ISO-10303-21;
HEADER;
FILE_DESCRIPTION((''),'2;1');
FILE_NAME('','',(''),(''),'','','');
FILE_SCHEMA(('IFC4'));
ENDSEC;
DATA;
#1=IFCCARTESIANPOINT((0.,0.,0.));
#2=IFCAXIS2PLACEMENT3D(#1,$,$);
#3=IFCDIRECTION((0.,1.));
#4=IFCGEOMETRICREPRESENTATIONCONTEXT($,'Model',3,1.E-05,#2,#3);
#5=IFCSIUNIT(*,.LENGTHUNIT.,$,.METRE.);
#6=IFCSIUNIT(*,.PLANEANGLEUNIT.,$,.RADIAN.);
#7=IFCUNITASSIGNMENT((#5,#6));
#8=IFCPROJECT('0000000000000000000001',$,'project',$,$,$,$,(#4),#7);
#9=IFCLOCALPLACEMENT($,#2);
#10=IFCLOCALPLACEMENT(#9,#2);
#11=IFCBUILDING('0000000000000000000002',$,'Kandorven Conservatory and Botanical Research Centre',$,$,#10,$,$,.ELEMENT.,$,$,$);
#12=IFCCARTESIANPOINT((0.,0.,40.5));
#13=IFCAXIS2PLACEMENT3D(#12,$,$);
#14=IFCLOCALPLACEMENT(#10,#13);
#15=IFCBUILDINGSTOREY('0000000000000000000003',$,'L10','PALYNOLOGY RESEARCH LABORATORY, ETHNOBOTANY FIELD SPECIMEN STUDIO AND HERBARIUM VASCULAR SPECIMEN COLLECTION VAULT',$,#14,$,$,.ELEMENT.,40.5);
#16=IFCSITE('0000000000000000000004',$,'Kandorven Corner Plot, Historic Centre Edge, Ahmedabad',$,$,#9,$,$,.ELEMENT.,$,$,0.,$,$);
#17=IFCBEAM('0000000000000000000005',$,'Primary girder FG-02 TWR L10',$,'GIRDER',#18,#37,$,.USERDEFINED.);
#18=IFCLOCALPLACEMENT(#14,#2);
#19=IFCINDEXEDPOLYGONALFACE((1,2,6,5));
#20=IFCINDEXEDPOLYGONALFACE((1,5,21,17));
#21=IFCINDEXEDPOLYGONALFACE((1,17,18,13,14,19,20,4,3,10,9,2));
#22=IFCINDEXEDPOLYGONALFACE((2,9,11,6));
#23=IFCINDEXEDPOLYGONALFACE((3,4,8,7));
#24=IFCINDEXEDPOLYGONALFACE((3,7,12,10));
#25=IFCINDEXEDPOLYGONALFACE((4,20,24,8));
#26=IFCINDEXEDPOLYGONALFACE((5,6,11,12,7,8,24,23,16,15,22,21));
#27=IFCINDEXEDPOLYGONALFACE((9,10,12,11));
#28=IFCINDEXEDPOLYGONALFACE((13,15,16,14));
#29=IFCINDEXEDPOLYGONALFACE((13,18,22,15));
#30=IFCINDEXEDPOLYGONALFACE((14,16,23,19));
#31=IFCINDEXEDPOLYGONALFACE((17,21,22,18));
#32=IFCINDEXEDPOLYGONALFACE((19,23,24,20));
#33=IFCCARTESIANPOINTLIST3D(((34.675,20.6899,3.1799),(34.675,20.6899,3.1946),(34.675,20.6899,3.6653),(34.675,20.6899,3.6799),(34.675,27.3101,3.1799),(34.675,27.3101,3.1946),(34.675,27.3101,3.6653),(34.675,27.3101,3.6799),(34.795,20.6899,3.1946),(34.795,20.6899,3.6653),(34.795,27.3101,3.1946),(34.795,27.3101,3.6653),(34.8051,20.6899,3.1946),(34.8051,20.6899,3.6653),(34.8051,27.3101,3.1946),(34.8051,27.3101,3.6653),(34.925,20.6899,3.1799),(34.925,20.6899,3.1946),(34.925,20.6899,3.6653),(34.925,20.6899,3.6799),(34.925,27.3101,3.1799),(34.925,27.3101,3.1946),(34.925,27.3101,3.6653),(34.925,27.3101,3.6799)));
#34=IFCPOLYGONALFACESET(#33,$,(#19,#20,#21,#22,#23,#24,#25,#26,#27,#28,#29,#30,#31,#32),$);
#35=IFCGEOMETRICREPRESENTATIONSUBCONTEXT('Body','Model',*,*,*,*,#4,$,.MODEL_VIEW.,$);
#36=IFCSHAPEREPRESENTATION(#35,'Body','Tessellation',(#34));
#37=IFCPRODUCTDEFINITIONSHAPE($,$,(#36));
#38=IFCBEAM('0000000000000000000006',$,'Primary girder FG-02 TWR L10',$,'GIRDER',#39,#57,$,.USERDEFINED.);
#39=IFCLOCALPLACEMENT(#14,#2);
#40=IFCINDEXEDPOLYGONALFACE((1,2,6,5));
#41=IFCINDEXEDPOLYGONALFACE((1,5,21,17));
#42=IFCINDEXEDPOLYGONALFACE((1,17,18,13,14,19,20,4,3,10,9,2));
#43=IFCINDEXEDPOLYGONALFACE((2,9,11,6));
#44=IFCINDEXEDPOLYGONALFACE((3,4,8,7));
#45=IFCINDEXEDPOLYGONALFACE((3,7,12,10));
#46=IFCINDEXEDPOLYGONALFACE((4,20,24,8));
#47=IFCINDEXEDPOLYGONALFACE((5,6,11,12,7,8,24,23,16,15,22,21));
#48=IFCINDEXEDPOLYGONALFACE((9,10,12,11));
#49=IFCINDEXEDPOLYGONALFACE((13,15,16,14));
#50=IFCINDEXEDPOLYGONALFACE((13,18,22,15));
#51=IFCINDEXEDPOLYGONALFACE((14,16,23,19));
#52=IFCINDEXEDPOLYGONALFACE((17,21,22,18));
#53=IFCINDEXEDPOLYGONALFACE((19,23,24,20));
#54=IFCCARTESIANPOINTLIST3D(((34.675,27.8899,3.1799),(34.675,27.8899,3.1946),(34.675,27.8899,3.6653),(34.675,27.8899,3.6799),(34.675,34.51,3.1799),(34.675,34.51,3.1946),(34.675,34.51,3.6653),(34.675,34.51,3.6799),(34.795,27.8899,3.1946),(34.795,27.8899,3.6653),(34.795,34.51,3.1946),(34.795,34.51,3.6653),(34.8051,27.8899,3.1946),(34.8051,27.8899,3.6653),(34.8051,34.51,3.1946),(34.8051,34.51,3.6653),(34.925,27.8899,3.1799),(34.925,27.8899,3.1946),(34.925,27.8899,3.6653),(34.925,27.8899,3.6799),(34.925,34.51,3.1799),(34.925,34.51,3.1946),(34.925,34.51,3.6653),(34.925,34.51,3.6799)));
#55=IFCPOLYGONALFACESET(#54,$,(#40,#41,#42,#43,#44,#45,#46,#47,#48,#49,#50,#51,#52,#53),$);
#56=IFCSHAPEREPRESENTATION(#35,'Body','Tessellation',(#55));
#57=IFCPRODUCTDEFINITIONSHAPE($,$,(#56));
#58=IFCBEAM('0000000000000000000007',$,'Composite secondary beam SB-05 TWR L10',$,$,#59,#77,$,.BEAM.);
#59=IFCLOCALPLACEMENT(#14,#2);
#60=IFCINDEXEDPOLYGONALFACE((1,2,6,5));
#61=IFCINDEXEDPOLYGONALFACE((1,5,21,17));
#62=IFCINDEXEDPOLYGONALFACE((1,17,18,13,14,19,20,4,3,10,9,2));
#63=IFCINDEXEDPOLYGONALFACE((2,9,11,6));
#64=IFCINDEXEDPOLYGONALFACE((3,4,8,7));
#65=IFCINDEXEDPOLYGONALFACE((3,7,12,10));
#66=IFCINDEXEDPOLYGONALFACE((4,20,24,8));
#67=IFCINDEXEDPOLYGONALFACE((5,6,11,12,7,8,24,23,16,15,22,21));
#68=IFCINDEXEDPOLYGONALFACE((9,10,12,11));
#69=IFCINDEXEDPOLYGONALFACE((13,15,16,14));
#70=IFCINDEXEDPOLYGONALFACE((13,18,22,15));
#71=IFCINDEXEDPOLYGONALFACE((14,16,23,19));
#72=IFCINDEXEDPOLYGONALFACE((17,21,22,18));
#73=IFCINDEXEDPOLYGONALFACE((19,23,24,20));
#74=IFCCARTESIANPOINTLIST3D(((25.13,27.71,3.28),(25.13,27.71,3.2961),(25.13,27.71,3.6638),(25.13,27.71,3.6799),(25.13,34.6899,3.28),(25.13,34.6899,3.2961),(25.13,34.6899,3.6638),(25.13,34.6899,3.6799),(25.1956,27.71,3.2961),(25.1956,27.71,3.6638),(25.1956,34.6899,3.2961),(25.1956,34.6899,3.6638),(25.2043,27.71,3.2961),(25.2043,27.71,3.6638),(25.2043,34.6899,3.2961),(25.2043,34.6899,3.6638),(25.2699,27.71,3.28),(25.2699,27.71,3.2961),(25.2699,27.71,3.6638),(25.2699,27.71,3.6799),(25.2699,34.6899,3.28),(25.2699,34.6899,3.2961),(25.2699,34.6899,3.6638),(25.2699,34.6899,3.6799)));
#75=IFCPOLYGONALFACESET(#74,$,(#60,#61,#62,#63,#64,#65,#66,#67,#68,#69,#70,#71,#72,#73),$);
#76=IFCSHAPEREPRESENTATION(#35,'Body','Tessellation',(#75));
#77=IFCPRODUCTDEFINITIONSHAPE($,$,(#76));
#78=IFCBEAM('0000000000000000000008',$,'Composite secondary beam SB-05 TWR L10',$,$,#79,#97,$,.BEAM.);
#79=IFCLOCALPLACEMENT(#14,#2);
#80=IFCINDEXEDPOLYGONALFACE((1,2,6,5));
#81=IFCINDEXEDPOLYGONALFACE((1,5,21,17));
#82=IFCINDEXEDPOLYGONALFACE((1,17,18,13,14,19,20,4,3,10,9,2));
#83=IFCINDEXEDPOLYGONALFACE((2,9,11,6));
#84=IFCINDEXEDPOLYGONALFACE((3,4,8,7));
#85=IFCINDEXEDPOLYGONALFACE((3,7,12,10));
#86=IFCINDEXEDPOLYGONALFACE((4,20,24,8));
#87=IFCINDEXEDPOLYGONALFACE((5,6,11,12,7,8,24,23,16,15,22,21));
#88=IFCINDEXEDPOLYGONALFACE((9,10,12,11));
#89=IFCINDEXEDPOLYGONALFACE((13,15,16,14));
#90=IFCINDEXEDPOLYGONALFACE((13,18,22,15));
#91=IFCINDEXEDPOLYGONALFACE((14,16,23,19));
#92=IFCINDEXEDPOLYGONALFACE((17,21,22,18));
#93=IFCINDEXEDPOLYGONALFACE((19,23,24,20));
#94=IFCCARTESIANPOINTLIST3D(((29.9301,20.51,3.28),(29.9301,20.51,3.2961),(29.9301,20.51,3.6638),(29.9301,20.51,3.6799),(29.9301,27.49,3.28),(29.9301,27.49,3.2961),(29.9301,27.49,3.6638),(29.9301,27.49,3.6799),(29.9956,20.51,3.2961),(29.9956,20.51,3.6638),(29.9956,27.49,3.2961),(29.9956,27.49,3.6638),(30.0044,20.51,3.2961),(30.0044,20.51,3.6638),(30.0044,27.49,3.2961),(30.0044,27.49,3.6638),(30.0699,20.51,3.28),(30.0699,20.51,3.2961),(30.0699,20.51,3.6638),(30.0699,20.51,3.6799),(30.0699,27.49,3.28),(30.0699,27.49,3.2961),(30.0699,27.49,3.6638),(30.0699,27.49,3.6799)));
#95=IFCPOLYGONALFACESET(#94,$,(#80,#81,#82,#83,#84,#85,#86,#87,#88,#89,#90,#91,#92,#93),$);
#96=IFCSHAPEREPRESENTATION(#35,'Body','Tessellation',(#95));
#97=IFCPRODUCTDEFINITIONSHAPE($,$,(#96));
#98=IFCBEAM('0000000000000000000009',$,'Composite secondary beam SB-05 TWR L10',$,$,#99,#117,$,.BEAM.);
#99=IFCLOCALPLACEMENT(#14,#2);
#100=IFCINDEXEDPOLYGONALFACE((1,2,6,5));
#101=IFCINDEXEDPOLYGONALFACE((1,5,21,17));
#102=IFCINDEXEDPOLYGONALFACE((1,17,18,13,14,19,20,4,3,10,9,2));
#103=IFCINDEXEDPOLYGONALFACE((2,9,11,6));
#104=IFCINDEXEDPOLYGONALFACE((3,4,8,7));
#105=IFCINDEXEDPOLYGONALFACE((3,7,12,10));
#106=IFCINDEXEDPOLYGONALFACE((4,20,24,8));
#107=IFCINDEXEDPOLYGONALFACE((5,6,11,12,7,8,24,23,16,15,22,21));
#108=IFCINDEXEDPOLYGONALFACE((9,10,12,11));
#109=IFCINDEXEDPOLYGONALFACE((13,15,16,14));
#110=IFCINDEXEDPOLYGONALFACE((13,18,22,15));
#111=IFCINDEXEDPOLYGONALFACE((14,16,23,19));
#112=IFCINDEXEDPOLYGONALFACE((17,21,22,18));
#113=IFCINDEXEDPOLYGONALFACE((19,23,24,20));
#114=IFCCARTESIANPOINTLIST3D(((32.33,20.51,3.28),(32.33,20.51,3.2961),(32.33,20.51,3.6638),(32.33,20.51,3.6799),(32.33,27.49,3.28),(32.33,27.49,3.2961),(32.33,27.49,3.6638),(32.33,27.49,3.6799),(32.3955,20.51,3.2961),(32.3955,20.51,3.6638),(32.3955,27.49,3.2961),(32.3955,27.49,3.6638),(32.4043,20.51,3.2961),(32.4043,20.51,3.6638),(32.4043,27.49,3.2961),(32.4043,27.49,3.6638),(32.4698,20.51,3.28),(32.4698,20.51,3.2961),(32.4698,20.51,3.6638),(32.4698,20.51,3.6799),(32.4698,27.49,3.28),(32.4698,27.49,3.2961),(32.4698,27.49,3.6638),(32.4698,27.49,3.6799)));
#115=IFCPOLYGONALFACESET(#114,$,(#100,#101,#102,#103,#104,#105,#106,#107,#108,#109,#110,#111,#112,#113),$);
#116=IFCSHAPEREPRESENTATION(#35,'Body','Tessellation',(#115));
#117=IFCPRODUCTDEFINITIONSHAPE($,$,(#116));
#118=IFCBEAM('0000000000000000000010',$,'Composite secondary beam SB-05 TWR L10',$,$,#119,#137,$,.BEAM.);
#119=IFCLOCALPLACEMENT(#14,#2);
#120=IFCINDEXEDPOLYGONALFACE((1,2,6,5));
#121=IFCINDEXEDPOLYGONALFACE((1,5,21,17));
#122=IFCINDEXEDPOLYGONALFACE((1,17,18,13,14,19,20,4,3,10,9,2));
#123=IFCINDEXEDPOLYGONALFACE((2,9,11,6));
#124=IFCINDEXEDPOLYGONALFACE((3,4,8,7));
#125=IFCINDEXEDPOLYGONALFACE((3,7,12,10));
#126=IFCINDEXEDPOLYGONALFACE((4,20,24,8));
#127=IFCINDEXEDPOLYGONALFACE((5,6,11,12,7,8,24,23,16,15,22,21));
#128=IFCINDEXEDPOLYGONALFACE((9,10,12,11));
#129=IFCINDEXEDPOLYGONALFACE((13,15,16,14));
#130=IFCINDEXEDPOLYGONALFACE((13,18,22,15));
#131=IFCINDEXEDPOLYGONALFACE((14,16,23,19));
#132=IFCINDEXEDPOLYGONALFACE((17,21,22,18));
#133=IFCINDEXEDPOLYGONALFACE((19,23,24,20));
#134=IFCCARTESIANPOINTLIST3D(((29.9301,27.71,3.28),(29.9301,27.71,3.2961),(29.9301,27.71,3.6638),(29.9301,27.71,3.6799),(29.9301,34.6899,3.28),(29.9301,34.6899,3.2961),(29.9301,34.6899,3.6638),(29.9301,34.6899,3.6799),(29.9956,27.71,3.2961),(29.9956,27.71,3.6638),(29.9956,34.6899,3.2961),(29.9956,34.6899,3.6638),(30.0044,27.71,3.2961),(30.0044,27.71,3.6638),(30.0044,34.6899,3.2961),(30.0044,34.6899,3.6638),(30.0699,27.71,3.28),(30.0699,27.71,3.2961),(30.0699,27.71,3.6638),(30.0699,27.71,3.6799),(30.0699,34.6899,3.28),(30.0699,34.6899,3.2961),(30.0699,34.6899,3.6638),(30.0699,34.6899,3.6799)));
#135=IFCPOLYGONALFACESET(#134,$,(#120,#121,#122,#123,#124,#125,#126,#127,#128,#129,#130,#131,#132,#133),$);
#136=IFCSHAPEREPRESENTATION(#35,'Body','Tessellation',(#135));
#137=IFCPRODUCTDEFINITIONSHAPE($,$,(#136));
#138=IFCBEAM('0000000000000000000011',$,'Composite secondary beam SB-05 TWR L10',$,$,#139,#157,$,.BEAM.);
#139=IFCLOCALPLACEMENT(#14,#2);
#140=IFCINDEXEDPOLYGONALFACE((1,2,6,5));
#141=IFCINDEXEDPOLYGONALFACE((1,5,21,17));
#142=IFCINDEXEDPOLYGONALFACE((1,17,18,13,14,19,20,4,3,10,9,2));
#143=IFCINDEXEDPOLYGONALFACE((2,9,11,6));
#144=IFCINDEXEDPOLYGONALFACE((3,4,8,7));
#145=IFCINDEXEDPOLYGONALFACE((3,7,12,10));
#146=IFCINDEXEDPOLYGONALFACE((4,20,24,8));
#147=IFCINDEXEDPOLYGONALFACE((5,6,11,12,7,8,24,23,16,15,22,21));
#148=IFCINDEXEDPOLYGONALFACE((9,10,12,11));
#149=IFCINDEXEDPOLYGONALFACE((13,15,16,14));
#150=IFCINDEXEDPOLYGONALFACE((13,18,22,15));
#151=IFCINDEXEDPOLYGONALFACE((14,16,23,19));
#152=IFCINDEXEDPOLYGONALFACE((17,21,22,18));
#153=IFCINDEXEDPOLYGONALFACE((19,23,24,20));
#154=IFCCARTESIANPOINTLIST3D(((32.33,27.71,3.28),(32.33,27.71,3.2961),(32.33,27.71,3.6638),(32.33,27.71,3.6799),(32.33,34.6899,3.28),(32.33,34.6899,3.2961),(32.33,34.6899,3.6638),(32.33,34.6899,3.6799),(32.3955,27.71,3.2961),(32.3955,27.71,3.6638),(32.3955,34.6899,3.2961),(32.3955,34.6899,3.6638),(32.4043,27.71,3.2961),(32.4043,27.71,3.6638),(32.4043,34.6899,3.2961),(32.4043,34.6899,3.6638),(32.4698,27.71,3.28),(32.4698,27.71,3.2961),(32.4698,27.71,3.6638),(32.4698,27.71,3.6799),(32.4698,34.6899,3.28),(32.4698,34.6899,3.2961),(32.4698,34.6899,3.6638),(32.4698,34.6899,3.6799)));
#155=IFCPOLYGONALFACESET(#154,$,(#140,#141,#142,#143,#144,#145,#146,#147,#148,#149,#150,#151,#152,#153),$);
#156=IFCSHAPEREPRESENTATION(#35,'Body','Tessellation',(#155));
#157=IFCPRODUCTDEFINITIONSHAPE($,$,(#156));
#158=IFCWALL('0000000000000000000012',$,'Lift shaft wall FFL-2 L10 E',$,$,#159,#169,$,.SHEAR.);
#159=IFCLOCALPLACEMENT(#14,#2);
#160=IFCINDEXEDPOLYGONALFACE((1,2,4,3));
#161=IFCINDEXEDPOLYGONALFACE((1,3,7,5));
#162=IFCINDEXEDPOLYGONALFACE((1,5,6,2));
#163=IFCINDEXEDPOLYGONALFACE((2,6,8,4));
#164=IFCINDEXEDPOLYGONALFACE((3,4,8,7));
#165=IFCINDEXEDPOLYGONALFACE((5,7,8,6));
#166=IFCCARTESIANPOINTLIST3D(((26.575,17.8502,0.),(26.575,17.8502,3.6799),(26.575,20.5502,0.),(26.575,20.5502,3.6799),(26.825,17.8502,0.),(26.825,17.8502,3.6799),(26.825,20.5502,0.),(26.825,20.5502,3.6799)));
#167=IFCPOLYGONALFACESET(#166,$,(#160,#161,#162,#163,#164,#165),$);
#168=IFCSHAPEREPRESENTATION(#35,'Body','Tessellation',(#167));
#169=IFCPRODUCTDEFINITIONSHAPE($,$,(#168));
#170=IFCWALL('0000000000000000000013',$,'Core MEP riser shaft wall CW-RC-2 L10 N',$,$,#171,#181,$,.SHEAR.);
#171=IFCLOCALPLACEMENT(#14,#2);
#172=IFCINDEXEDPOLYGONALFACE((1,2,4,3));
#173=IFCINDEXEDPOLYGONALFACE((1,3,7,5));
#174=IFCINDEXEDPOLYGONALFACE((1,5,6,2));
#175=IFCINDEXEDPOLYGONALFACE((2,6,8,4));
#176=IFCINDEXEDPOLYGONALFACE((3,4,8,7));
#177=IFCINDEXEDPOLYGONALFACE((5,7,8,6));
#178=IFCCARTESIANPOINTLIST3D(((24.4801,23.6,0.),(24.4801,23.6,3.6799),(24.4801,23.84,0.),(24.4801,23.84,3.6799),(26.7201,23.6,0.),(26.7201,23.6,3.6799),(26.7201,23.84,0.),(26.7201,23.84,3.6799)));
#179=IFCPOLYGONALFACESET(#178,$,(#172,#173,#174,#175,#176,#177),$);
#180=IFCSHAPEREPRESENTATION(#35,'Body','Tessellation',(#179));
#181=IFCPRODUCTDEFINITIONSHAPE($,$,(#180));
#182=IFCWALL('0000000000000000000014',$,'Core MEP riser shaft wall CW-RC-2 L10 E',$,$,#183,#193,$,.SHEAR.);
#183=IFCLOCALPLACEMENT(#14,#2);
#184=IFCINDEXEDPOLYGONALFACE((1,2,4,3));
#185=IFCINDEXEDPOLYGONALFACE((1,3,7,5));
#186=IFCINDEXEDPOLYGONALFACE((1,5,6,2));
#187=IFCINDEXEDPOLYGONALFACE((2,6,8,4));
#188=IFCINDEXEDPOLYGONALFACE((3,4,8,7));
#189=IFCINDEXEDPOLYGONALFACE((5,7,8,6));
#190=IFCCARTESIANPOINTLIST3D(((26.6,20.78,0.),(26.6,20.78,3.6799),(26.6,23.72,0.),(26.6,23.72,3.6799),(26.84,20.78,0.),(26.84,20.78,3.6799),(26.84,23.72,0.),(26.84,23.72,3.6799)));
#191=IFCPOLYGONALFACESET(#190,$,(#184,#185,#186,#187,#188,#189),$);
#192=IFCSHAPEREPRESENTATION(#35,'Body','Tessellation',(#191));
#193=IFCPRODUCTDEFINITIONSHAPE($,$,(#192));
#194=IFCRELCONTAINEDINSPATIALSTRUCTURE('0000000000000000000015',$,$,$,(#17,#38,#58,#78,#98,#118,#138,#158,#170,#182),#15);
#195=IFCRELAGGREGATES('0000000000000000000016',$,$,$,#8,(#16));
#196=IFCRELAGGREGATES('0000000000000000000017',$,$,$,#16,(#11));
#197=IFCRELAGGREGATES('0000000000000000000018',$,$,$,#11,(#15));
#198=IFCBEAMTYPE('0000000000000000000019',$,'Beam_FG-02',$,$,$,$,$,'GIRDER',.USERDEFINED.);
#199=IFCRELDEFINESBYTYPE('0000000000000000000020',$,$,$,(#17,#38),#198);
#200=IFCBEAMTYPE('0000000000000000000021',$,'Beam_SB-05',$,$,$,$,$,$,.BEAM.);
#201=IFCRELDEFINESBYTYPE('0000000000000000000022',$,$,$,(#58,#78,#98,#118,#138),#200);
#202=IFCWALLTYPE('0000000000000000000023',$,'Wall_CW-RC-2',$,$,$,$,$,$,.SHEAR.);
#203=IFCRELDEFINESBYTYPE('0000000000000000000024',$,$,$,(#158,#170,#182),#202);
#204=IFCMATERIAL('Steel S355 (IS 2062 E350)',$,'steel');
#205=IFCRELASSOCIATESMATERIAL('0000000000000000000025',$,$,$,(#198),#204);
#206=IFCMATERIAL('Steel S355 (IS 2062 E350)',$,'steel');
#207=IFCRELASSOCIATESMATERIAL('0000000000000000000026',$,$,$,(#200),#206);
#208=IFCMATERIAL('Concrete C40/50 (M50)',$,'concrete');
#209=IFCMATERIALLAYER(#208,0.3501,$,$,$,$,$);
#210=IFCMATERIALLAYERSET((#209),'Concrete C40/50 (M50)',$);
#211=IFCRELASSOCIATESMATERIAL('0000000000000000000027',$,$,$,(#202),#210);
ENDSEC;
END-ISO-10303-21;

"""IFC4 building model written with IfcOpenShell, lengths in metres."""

from ifc_helpers import new_model, si_unit, direction, frame, frame_2d, origin, origin_2d, place, context, subcontext, project, spatial, rectangle, i_section, extrude, material, layer, layer_set, material_profile, profile_set, type_object, element, save


model = new_model("IFC4")

# Units and contexts
model_context = context("Model", 3, precision=1e-05, world=origin(), true_north=direction((0.0, 1.0)))
body_context = subcontext(model_context, "Body", "Model", "MODEL_VIEW")
ifc_project = project(units=[si_unit("LENGTHUNIT", "METRE"), si_unit("PLANEANGLEUNIT", "RADIAN")], contexts=[model_context])

# Site, building, storey
site_placement = place(None, origin())
site = spatial("IfcSite", under=ifc_project, at=site_placement, Name="Kandorven Corner Plot, Historic Centre Edge, Ahmedabad", CompositionType="ELEMENT", RefElevation=0.0)
building_placement = place(site_placement, origin())
building = spatial("IfcBuilding", under=site, at=building_placement, Name="Kandorven Conservatory and Botanical Research Centre", CompositionType="ELEMENT")
storey_placement = place(building_placement, frame((0.0, 0.0, 40.5)))
storey = spatial("IfcBuildingStorey", under=building, at=storey_placement, Name="L10", Description="PALYNOLOGY RESEARCH LABORATORY, ETHNOBOTANY FIELD SPECIMEN STUDIO AND HERBARIUM VASCULAR SPECIMEN COLLECTION VAULT", CompositionType="ELEMENT", Elevation=40.5)

# Beams
ifc_material_1 = material(Name="Steel S355 (IS 2062 E350)", Category="steel")
ifc_material_profile_1 = material_profile(ifc_material_1, i_section(OverallWidth=0.25, OverallDepth=0.5, WebThickness=0.01, FlangeThickness=0.0146, at=origin_2d()))
ifc_profile_set_1 = profile_set([ifc_material_profile_1], Name="Steel S355 (IS 2062 E350)")
beam_type_1 = type_object("IfcBeamType", Name="Beam_FG-02", ElementType="GIRDER", PredefinedType="USERDEFINED", material=ifc_profile_set_1)
for number, where, z_axis, x_axis, name in (
    (1, (34.8, 20.6899, 3.4299), (0.0, 1.0, 0.0), (-1.0, 0.0, 0.0), "Primary girder FG-02 TWR L10"),
    (2, (34.8, 27.8899, 3.4299), (0.0, 1.0, 0.0), (-1.0, 0.0, 0.0), "Primary girder FG-02 TWR L10"),
):
    element("IfcBeam", number, at=place(storey_placement, frame(where, z_axis=z_axis, x_axis=x_axis)), inside=storey, type_object=beam_type_1, Name=name, ObjectType="GIRDER", PredefinedType="USERDEFINED", context=body_context, shape_type="SweptSolid", body=[
        extrude(i_section(OverallWidth=0.25, OverallDepth=0.5, WebThickness=0.01, FlangeThickness=0.0146, at=origin_2d()), origin(), (0.0, 0.0, 1.0), 6.6201),
    ])
ifc_material_2 = material(Name="Steel S355 (IS 2062 E350)", Category="steel")
ifc_material_profile_2 = material_profile(ifc_material_2, i_section(OverallWidth=0.1399, OverallDepth=0.3999, WebThickness=0.0088, FlangeThickness=0.0161, at=origin_2d()))
ifc_profile_set_2 = profile_set([ifc_material_profile_2], Name="Steel S355 (IS 2062 E350)")
beam_type_2 = type_object("IfcBeamType", Name="Beam_SB-05", PredefinedType="BEAM", material=ifc_profile_set_2)
for number, where, z_axis, x_axis, name in (
    (3, (25.2, 27.71, 3.48), (0.0, 1.0, 0.0), (-1.0, 0.0, 0.0), "Composite secondary beam SB-05 TWR L10"),
    (4, (30.0, 20.51, 3.48), (0.0, 1.0, 0.0), (-1.0, 0.0, 0.0), "Composite secondary beam SB-05 TWR L10"),
    (5, (32.3999, 20.51, 3.48), (0.0, 1.0, 0.0), (-1.0, 0.0, 0.0), "Composite secondary beam SB-05 TWR L10"),
    (6, (30.0, 27.71, 3.48), (0.0, 1.0, 0.0), (-1.0, 0.0, 0.0), "Composite secondary beam SB-05 TWR L10"),
    (7, (32.3999, 27.71, 3.48), (0.0, 1.0, 0.0), (-1.0, 0.0, 0.0), "Composite secondary beam SB-05 TWR L10"),
):
    element("IfcBeam", number, at=place(storey_placement, frame(where, z_axis=z_axis, x_axis=x_axis)), inside=storey, type_object=beam_type_2, Name=name, PredefinedType="BEAM", context=body_context, shape_type="SweptSolid", body=[
        extrude(i_section(OverallWidth=0.1399, OverallDepth=0.3999, WebThickness=0.0088, FlangeThickness=0.0161, at=origin_2d()), origin(), (0.0, 0.0, 1.0), 6.98),
    ])

# Walls
ifc_material_3 = material(Name="Concrete C40/50 (M50)", Category="concrete")
ifc_layer_1 = layer(ifc_material_3, 0.3501)
ifc_layer_set_1 = layer_set([ifc_layer_1], Name="Concrete C40/50 (M50)")
wall_type_1 = type_object("IfcWallType", Name="Wall_CW-RC-2", PredefinedType="SHEAR", material=ifc_layer_set_1)
wall_1_placement = place(storey_placement, frame((26.7, 17.8501, 0.0), z_axis=(0.0, 0.0, 1.0), x_axis=(0.0, 1.0, 0.0)))
element("IfcWall", 8, at=wall_1_placement, inside=storey, type_object=wall_type_1, Name="Lift shaft wall FFL-2 L10 E", PredefinedType="SHEAR", context=body_context, shape_type="SweptSolid", body=[
    extrude(rectangle(XDim=2.7, YDim=0.25, at=frame_2d((1.3501, 0.0))), origin(), (0.0, 0.0, 1.0), 3.6799),
])
wall_2_placement = place(storey_placement, frame((24.48, 23.72, 0.0), z_axis=(0.0, 0.0, 1.0), x_axis=(1.0, 0.0, 0.0)))
element("IfcWall", 9, at=wall_2_placement, inside=storey, type_object=wall_type_1, Name="Core MEP riser shaft wall CW-RC-2 L10 N", PredefinedType="SHEAR", context=body_context, shape_type="SweptSolid", body=[
    extrude(rectangle(XDim=2.24, YDim=0.24, at=frame_2d((1.1201, 0.0))), origin(), (0.0, 0.0, 1.0), 3.6799),
])
wall_3_placement = place(storey_placement, frame((26.72, 20.78, 0.0), z_axis=(0.0, 0.0, 1.0), x_axis=(0.0, 1.0, 0.0)))
element("IfcWall", 10, at=wall_3_placement, inside=storey, type_object=wall_type_1, Name="Core MEP riser shaft wall CW-RC-2 L10 E", PredefinedType="SHEAR", context=body_context, shape_type="SweptSolid", body=[
    extrude(rectangle(XDim=2.9399, YDim=0.24, at=frame_2d((1.47, 0.0))), origin(), (0.0, 0.0, 1.0), 3.6799),
])

save(model, "model.ifc")
